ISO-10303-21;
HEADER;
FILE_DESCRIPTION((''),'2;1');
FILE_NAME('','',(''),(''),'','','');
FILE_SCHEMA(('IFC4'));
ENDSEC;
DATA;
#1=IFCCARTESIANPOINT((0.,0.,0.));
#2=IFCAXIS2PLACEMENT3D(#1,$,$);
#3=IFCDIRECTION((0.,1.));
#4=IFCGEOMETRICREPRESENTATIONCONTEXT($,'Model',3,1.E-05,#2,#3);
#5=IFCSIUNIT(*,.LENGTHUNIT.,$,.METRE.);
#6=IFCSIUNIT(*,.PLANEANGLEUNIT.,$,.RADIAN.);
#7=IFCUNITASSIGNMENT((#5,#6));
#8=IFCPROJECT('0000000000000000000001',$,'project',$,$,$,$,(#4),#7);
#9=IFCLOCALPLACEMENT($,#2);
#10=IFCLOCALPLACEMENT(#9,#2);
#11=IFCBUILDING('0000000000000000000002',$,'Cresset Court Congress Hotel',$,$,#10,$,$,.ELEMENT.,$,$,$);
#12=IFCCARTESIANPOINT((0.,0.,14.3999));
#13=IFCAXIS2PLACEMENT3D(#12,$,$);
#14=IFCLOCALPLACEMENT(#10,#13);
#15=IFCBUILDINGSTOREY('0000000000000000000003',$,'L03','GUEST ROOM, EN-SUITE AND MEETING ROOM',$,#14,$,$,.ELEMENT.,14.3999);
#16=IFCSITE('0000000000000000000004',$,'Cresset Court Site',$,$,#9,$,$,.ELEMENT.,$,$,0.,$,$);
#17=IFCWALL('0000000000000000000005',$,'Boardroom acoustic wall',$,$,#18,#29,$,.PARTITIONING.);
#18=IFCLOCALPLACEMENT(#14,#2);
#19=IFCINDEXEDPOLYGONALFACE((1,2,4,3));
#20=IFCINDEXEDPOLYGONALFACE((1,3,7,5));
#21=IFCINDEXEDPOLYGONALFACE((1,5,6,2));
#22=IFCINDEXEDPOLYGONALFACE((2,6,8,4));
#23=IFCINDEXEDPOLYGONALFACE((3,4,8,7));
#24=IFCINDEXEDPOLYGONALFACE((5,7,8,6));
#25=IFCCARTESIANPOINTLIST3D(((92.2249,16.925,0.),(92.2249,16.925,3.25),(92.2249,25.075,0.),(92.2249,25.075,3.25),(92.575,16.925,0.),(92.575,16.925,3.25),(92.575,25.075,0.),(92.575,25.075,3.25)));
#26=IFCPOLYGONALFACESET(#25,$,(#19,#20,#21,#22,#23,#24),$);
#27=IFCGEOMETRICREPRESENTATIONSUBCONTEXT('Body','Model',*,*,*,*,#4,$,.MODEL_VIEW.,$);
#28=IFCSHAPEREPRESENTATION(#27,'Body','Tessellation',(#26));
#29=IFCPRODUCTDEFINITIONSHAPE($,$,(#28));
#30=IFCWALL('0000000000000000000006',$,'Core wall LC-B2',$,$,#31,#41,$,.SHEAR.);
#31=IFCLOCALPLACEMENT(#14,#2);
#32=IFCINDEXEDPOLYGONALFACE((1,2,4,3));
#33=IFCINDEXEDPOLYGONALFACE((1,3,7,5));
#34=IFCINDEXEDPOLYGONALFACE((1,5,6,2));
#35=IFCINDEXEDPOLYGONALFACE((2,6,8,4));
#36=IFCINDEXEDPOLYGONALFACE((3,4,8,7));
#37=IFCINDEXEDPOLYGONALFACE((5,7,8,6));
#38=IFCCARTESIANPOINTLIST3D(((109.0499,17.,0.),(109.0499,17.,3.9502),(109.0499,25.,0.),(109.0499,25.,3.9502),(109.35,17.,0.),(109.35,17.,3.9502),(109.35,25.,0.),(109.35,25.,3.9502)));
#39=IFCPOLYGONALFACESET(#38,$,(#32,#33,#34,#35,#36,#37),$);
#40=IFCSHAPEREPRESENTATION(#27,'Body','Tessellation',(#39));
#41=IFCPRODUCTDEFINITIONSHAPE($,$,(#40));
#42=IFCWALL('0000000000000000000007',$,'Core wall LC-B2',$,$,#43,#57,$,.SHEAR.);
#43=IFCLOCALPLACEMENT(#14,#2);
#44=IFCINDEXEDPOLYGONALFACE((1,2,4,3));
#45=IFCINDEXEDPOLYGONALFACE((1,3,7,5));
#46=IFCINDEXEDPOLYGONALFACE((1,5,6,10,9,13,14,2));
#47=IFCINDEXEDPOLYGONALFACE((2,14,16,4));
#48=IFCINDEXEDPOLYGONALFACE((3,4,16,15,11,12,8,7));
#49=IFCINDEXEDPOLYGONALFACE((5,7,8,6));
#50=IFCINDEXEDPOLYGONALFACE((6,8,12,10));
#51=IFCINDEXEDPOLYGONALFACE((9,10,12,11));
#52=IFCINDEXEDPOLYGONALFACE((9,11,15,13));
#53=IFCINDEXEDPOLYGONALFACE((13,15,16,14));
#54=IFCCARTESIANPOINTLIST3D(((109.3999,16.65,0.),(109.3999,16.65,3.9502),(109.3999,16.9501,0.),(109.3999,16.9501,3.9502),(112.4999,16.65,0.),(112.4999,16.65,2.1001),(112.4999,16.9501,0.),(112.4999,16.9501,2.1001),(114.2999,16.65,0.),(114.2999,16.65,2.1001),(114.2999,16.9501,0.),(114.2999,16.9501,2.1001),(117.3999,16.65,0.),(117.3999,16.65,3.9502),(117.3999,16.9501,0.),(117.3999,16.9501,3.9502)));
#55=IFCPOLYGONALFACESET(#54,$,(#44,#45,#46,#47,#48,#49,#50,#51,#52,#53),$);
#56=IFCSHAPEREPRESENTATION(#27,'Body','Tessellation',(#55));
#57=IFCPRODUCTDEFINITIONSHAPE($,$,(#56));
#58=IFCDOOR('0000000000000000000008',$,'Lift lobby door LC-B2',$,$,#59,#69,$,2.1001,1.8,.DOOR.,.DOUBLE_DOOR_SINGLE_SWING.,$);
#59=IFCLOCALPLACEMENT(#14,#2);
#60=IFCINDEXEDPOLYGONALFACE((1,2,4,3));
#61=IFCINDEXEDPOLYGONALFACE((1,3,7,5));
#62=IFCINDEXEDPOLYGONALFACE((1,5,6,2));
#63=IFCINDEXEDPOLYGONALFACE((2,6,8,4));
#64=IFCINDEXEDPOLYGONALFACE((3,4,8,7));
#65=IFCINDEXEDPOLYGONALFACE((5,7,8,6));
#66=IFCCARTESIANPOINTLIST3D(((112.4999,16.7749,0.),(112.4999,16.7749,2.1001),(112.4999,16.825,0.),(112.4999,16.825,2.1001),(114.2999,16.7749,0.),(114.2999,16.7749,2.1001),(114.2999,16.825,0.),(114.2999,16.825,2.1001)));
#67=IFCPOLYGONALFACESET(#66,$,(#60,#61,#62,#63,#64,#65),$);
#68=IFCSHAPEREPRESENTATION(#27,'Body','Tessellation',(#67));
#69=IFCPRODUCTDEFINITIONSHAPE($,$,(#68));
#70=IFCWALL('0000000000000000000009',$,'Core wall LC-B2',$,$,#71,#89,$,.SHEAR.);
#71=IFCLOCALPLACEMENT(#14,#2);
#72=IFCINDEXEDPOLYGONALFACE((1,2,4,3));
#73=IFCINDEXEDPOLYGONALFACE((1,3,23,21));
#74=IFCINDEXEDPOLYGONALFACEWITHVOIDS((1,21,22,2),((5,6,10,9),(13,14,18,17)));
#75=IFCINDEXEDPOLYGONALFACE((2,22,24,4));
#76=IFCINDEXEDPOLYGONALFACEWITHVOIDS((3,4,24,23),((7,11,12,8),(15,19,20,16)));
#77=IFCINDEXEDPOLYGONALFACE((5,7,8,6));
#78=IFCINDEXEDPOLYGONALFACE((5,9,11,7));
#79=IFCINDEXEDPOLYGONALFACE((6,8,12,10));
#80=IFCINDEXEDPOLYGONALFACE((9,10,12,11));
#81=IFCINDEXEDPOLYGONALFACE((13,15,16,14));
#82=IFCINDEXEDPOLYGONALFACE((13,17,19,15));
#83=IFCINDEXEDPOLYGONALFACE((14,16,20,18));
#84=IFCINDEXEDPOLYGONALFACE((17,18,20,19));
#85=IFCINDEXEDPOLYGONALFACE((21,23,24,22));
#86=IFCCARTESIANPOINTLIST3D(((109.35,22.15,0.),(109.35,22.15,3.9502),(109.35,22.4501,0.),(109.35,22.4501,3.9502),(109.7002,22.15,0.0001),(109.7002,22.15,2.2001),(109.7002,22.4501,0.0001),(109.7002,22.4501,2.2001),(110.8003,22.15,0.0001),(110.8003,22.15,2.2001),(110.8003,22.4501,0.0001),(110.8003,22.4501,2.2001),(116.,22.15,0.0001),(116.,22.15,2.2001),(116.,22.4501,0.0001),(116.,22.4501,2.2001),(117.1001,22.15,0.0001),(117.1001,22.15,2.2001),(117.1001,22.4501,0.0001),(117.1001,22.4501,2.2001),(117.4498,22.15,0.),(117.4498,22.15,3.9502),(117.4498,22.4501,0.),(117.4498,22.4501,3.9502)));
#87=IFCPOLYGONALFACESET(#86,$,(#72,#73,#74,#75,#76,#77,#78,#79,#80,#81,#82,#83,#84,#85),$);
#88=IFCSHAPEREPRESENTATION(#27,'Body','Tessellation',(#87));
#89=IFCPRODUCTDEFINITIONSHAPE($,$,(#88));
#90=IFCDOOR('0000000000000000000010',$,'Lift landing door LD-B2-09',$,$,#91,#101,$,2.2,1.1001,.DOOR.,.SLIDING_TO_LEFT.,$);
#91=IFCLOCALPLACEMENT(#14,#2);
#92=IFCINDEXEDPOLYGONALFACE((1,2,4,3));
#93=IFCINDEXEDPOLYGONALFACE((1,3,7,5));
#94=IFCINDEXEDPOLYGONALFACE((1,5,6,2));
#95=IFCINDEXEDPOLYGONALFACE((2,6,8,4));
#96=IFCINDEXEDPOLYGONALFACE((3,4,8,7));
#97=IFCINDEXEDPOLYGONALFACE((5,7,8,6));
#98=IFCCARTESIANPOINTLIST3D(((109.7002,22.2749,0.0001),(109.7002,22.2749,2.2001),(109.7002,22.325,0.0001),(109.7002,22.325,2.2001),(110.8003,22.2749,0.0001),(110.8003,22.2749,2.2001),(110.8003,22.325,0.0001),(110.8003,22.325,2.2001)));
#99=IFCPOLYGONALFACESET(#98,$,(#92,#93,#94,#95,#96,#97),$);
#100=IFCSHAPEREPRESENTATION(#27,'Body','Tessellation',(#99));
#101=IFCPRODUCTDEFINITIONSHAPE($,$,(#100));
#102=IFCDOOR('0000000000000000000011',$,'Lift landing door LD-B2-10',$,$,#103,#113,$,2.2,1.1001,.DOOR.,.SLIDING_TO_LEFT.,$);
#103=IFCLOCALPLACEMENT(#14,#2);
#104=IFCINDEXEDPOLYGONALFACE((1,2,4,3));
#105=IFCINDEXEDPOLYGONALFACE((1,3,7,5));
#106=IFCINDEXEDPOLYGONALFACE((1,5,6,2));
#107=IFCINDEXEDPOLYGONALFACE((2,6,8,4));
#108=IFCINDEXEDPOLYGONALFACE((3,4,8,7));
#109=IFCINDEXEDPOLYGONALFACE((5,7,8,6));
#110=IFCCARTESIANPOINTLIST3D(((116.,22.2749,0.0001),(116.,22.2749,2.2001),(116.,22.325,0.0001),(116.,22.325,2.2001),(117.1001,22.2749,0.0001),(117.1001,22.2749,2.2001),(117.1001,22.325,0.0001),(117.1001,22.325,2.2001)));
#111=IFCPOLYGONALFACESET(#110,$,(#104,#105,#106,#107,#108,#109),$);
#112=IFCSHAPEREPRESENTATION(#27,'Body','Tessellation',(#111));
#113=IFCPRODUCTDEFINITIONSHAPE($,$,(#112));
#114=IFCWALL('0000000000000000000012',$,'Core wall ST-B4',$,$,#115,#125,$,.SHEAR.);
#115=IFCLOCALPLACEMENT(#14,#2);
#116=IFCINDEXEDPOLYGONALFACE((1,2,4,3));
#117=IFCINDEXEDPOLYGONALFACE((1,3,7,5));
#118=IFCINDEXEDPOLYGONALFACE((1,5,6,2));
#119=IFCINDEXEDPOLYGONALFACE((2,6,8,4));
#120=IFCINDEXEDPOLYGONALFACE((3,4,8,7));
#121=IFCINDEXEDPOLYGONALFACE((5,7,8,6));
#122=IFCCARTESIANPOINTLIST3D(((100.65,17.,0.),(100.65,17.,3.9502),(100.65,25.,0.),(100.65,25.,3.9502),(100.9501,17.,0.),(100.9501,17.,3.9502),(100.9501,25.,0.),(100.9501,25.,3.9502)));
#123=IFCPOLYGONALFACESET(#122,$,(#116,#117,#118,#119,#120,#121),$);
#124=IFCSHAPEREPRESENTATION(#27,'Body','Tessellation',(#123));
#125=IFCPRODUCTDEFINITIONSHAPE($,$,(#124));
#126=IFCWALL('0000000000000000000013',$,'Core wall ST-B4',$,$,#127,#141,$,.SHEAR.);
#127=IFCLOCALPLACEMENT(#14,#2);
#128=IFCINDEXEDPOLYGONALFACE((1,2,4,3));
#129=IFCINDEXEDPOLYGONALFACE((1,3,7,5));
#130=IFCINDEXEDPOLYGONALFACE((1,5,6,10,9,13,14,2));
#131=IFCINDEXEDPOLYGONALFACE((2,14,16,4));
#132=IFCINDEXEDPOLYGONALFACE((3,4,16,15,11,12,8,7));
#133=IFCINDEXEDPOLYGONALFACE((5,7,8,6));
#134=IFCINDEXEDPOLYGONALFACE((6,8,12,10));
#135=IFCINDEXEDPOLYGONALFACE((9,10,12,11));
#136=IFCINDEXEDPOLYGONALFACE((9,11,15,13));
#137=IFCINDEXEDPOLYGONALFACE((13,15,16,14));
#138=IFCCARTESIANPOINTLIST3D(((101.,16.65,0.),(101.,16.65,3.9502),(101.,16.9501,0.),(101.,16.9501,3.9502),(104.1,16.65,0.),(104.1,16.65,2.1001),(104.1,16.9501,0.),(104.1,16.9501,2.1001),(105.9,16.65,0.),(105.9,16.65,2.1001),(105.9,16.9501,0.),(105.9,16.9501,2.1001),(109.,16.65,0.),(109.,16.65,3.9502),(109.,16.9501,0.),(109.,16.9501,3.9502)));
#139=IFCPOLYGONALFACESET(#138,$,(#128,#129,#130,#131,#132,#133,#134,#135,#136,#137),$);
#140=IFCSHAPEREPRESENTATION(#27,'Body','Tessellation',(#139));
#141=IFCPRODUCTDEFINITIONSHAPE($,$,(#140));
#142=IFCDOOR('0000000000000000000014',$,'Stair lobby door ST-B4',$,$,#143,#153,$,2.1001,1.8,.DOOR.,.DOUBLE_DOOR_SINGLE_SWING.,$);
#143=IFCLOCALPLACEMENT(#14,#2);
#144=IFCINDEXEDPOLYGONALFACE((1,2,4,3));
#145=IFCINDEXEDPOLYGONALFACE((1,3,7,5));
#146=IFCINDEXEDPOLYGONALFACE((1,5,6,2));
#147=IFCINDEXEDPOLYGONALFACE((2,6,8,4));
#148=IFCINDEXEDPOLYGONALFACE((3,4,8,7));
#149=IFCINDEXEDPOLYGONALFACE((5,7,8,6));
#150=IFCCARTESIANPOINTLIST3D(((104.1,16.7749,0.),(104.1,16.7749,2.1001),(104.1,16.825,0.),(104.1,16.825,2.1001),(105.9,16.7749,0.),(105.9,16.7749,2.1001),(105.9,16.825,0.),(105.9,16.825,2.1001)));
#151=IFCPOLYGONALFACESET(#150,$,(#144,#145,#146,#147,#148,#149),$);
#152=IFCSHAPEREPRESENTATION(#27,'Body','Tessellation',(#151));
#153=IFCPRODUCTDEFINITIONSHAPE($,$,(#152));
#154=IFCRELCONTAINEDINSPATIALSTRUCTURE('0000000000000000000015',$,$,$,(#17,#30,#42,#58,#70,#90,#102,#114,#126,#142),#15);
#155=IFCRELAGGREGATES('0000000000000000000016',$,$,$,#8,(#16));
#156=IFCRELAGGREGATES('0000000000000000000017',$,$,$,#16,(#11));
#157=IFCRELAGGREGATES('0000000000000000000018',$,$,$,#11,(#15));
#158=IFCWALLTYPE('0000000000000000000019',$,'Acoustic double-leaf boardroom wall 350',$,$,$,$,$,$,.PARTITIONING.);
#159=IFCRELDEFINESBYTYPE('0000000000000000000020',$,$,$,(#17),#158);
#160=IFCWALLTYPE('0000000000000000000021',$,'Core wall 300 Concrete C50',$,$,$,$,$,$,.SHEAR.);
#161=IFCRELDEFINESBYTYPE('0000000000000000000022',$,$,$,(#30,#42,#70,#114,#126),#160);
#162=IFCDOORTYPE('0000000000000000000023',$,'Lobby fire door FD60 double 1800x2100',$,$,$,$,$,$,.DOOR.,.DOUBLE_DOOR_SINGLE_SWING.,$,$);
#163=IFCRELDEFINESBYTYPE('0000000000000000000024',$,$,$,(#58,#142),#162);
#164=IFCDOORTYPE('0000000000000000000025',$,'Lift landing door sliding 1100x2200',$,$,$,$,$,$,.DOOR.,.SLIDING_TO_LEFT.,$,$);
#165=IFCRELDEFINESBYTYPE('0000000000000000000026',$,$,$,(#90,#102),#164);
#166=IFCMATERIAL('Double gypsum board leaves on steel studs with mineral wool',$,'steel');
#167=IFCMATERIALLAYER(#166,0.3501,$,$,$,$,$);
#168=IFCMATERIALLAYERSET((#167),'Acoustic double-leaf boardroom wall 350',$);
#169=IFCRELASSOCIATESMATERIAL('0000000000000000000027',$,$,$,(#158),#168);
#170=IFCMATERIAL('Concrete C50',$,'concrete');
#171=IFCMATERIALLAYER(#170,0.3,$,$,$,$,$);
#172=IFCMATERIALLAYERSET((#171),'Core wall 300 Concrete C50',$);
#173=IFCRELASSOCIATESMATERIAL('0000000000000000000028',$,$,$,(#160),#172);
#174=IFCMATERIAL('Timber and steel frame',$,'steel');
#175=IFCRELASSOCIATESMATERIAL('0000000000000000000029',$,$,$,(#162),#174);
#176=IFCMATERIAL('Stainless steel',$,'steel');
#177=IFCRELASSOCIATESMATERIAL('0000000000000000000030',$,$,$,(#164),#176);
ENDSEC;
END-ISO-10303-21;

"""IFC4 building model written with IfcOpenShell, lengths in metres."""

from ifc_helpers import new_model, si_unit, direction, frame, frame_2d, origin, place, context, subcontext, project, spatial, rectangle, extrude, material, layer, layer_set, type_object, element, fill, save


model = new_model("IFC4")

# Units and contexts
model_context = context("Model", 3, precision=1e-05, world=origin(), true_north=direction((0.0, 1.0)))
body_context = subcontext(model_context, "Body", "Model", "MODEL_VIEW")
ifc_project = project(units=[si_unit("LENGTHUNIT", "METRE"), si_unit("PLANEANGLEUNIT", "RADIAN")], contexts=[model_context])

# Site, building, storey
site_placement = place(None, origin())
site = spatial("IfcSite", under=ifc_project, at=site_placement, Name="Cresset Court Site", CompositionType="ELEMENT", RefElevation=0.0)
building_placement = place(site_placement, origin())
building = spatial("IfcBuilding", under=site, at=building_placement, Name="Cresset Court Congress Hotel", CompositionType="ELEMENT")
storey_placement = place(building_placement, frame((0.0, 0.0, 14.3999)))
storey = spatial("IfcBuildingStorey", under=building, at=storey_placement, Name="L03", Description="GUEST ROOM, EN-SUITE AND MEETING ROOM", CompositionType="ELEMENT", Elevation=14.3999)

# Shared definitions
ifc_material_1 = material(Name="Double gypsum board leaves on steel studs with mineral wool", Category="steel")
ifc_layer_1 = layer(ifc_material_1, 0.3501)
ifc_layer_set_1 = layer_set([ifc_layer_1], Name="Acoustic double-leaf boardroom wall 350")
wall_type_1 = type_object("IfcWallType", Name="Acoustic double-leaf boardroom wall 350", PredefinedType="PARTITIONING", material=ifc_layer_set_1)

# Walls
wall_1_placement = place(storey_placement, frame((92.3999, 16.925, 0.0), z_axis=(0.0, 0.0, 1.0), x_axis=(0.0, 1.0, 0.0)))
element("IfcWall", 1, at=wall_1_placement, inside=storey, type_object=wall_type_1, Name="Boardroom acoustic wall", PredefinedType="PARTITIONING", context=body_context, shape_type="SweptSolid", body=[
    extrude(rectangle(XDim=8.1499, YDim=0.3501, at=frame_2d((4.075, 0.0))), origin(), (0.0, 0.0, 1.0), 3.25),
])
ifc_material_2 = material(Name="Concrete C50", Category="concrete")
ifc_layer_2 = layer(ifc_material_2, 0.3)
ifc_layer_set_2 = layer_set([ifc_layer_2], Name="Core wall 300 Concrete C50")
wall_type_2 = type_object("IfcWallType", Name="Core wall 300 Concrete C50", PredefinedType="SHEAR", material=ifc_layer_set_2)
wall_2_placement = place(storey_placement, frame((109.2, 17.0, 0.0), z_axis=(0.0, 0.0, 1.0), x_axis=(0.0, 1.0, 0.0)))
element("IfcWall", 2, at=wall_2_placement, inside=storey, type_object=wall_type_2, Name="Core wall LC-B2", PredefinedType="SHEAR", context=body_context, shape_type="SweptSolid", body=[
    extrude(rectangle(XDim=8.0, YDim=0.3, at=frame_2d((4.0, 0.0))), origin(), (0.0, 0.0, 1.0), 3.9502),
])

# Wall, opening, door
wall_3_placement = place(storey_placement, frame((109.3999, 16.8, 0.0), z_axis=(0.0, 0.0, 1.0), x_axis=(1.0, 0.0, 0.0)))
wall_3 = element("IfcWall", 3, at=wall_3_placement, inside=storey, type_object=wall_type_2, Name="Core wall LC-B2", PredefinedType="SHEAR", context=body_context, shape_type="SweptSolid", body=[
    extrude(rectangle(XDim=8.0, YDim=0.3, at=frame_2d((4.0, 0.0))), origin(), (0.0, 0.0, 1.0), 3.9502),
])
opening_1_placement = place(wall_3_placement, frame((3.1001, 0.0, 0.0)))
opening_1 = element("IfcOpeningElement", 4, at=opening_1_placement, cuts=wall_3, PredefinedType="OPENING", context=body_context, shape_type="SweptSolid", body=[
    extrude(rectangle(XDim=1.8, YDim=2.1001, at=frame_2d((0.8999, 1.05))), frame((0.0, 0.1599, 0.0), z_axis=(0.0, -1.0, 0.0), x_axis=(1.0, 0.0, 0.0)), (0.0, 0.0, 1.0), 0.3201),
])
ifc_material_3 = material(Name="Timber and steel frame", Category="steel")
door_type_1 = type_object("IfcDoorType", Name="Lobby fire door FD60 double 1800x2100", OperationType="DOUBLE_DOOR_SINGLE_SWING", PredefinedType="DOOR", material=ifc_material_3)
door_1_placement = place(opening_1_placement, origin())
door_1 = element("IfcDoor", 5, at=door_1_placement, inside=storey, type_object=door_type_1, Name="Lift lobby door LC-B2", OperationType="DOUBLE_DOOR_SINGLE_SWING", OverallHeight=2.1001, OverallWidth=1.8, PredefinedType="DOOR", context=body_context, shape_type="SweptSolid", body=[
    extrude(rectangle(XDim=1.8, YDim=2.1001, at=frame_2d((0.8999, 1.05))), frame((0.0, 0.0249, 0.0), z_axis=(0.0, -1.0, 0.0), x_axis=(1.0, 0.0, 0.0)), (0.0, 0.0, 1.0), 0.05),
])
fill(opening_1, door_1)

# Wall, openings, doors
wall_4_placement = place(storey_placement, frame((109.3501, 22.3, 0.0), z_axis=(0.0, 0.0, 1.0), x_axis=(1.0, 0.0, 0.0)))
wall_4 = element("IfcWall", 6, at=wall_4_placement, inside=storey, type_object=wall_type_2, Name="Core wall LC-B2", PredefinedType="SHEAR", context=body_context, shape_type="SweptSolid", body=[
    extrude(rectangle(XDim=8.0999, YDim=0.3, at=frame_2d((4.0498, 0.0))), origin(), (0.0, 0.0, 1.0), 3.9502),
])
opening_2_placement = place(wall_4_placement, frame((0.3501, 0.0, 0.0)))
opening_2 = element("IfcOpeningElement", 7, at=opening_2_placement, cuts=wall_4, PredefinedType="OPENING", context=body_context, shape_type="SweptSolid", body=[
    extrude(rectangle(XDim=1.1001, YDim=2.2, at=frame_2d((0.55, 1.1001))), frame((0.0, 0.1599, 0.0), z_axis=(0.0, -1.0, 0.0), x_axis=(1.0, 0.0, 0.0)), (0.0, 0.0, 1.0), 0.3201),
])
opening_3_placement = place(wall_4_placement, frame((6.6499, 0.0, 0.0)))
opening_3 = element("IfcOpeningElement", 8, at=opening_3_placement, cuts=wall_4, PredefinedType="OPENING", context=body_context, shape_type="SweptSolid", body=[
    extrude(rectangle(XDim=1.1001, YDim=2.2, at=frame_2d((0.55, 1.1001))), frame((0.0, 0.1599, 0.0), z_axis=(0.0, -1.0, 0.0), x_axis=(1.0, 0.0, 0.0)), (0.0, 0.0, 1.0), 0.3201),
])
ifc_material_4 = material(Name="Stainless steel", Category="steel")
door_type_2 = type_object("IfcDoorType", Name="Lift landing door sliding 1100x2200", OperationType="SLIDING_TO_LEFT", PredefinedType="DOOR", material=ifc_material_4)
door_2_placement = place(opening_2_placement, origin())
door_2 = element("IfcDoor", 9, at=door_2_placement, inside=storey, type_object=door_type_2, Name="Lift landing door LD-B2-09", OperationType="SLIDING_TO_LEFT", OverallHeight=2.2, OverallWidth=1.1001, PredefinedType="DOOR", context=body_context, shape_type="SweptSolid", body=[
    extrude(rectangle(XDim=1.1001, YDim=2.2, at=frame_2d((0.55, 1.1001))), frame((0.0, 0.0249, 0.0), z_axis=(0.0, -1.0, 0.0), x_axis=(1.0, 0.0, 0.0)), (0.0, 0.0, 1.0), 0.05),
])
fill(opening_2, door_2)
door_3_placement = place(opening_3_placement, origin())
door_3 = element("IfcDoor", 10, at=door_3_placement, inside=storey, type_object=door_type_2, Name="Lift landing door LD-B2-10", OperationType="SLIDING_TO_LEFT", OverallHeight=2.2, OverallWidth=1.1001, PredefinedType="DOOR", context=body_context, shape_type="SweptSolid", body=[
    extrude(rectangle(XDim=1.1001, YDim=2.2, at=frame_2d((0.55, 1.1001))), frame((0.0, 0.0249, 0.0), z_axis=(0.0, -1.0, 0.0), x_axis=(1.0, 0.0, 0.0)), (0.0, 0.0, 1.0), 0.05),
])
fill(opening_3, door_3)

# Wall
wall_5_placement = place(storey_placement, frame((100.8, 17.0, 0.0), z_axis=(0.0, 0.0, 1.0), x_axis=(0.0, 1.0, 0.0)))
element("IfcWall", 11, at=wall_5_placement, inside=storey, type_object=wall_type_2, Name="Core wall ST-B4", PredefinedType="SHEAR", context=body_context, shape_type="SweptSolid", body=[
    extrude(rectangle(XDim=8.0, YDim=0.3, at=frame_2d((4.0, 0.0))), origin(), (0.0, 0.0, 1.0), 3.9502),
])

# Wall, opening, door
wall_6_placement = place(storey_placement, frame((101.0, 16.8, 0.0), z_axis=(0.0, 0.0, 1.0), x_axis=(1.0, 0.0, 0.0)))
wall_6 = element("IfcWall", 12, at=wall_6_placement, inside=storey, type_object=wall_type_2, Name="Core wall ST-B4", PredefinedType="SHEAR", context=body_context, shape_type="SweptSolid", body=[
    extrude(rectangle(XDim=8.0, YDim=0.3, at=frame_2d((4.0, 0.0))), origin(), (0.0, 0.0, 1.0), 3.9502),
])
opening_4_placement = place(wall_6_placement, frame((3.1001, 0.0, 0.0)))
opening_4 = element("IfcOpeningElement", 13, at=opening_4_placement, cuts=wall_6, PredefinedType="OPENING", context=body_context, shape_type="SweptSolid", body=[
    extrude(rectangle(XDim=1.8, YDim=2.1001, at=frame_2d((0.8999, 1.05))), frame((0.0, 0.1599, 0.0), z_axis=(0.0, -1.0, 0.0), x_axis=(1.0, 0.0, 0.0)), (0.0, 0.0, 1.0), 0.3201),
])
door_4_placement = place(opening_4_placement, origin())
door_4 = element("IfcDoor", 14, at=door_4_placement, inside=storey, type_object=door_type_1, Name="Stair lobby door ST-B4", OperationType="DOUBLE_DOOR_SINGLE_SWING", OverallHeight=2.1001, OverallWidth=1.8, PredefinedType="DOOR", context=body_context, shape_type="SweptSolid", body=[
    extrude(rectangle(XDim=1.8, YDim=2.1001, at=frame_2d((0.8999, 1.05))), frame((0.0, 0.0249, 0.0), z_axis=(0.0, -1.0, 0.0), x_axis=(1.0, 0.0, 0.0)), (0.0, 0.0, 1.0), 0.05),
])
fill(opening_4, door_4)

save(model, "model.ifc")
